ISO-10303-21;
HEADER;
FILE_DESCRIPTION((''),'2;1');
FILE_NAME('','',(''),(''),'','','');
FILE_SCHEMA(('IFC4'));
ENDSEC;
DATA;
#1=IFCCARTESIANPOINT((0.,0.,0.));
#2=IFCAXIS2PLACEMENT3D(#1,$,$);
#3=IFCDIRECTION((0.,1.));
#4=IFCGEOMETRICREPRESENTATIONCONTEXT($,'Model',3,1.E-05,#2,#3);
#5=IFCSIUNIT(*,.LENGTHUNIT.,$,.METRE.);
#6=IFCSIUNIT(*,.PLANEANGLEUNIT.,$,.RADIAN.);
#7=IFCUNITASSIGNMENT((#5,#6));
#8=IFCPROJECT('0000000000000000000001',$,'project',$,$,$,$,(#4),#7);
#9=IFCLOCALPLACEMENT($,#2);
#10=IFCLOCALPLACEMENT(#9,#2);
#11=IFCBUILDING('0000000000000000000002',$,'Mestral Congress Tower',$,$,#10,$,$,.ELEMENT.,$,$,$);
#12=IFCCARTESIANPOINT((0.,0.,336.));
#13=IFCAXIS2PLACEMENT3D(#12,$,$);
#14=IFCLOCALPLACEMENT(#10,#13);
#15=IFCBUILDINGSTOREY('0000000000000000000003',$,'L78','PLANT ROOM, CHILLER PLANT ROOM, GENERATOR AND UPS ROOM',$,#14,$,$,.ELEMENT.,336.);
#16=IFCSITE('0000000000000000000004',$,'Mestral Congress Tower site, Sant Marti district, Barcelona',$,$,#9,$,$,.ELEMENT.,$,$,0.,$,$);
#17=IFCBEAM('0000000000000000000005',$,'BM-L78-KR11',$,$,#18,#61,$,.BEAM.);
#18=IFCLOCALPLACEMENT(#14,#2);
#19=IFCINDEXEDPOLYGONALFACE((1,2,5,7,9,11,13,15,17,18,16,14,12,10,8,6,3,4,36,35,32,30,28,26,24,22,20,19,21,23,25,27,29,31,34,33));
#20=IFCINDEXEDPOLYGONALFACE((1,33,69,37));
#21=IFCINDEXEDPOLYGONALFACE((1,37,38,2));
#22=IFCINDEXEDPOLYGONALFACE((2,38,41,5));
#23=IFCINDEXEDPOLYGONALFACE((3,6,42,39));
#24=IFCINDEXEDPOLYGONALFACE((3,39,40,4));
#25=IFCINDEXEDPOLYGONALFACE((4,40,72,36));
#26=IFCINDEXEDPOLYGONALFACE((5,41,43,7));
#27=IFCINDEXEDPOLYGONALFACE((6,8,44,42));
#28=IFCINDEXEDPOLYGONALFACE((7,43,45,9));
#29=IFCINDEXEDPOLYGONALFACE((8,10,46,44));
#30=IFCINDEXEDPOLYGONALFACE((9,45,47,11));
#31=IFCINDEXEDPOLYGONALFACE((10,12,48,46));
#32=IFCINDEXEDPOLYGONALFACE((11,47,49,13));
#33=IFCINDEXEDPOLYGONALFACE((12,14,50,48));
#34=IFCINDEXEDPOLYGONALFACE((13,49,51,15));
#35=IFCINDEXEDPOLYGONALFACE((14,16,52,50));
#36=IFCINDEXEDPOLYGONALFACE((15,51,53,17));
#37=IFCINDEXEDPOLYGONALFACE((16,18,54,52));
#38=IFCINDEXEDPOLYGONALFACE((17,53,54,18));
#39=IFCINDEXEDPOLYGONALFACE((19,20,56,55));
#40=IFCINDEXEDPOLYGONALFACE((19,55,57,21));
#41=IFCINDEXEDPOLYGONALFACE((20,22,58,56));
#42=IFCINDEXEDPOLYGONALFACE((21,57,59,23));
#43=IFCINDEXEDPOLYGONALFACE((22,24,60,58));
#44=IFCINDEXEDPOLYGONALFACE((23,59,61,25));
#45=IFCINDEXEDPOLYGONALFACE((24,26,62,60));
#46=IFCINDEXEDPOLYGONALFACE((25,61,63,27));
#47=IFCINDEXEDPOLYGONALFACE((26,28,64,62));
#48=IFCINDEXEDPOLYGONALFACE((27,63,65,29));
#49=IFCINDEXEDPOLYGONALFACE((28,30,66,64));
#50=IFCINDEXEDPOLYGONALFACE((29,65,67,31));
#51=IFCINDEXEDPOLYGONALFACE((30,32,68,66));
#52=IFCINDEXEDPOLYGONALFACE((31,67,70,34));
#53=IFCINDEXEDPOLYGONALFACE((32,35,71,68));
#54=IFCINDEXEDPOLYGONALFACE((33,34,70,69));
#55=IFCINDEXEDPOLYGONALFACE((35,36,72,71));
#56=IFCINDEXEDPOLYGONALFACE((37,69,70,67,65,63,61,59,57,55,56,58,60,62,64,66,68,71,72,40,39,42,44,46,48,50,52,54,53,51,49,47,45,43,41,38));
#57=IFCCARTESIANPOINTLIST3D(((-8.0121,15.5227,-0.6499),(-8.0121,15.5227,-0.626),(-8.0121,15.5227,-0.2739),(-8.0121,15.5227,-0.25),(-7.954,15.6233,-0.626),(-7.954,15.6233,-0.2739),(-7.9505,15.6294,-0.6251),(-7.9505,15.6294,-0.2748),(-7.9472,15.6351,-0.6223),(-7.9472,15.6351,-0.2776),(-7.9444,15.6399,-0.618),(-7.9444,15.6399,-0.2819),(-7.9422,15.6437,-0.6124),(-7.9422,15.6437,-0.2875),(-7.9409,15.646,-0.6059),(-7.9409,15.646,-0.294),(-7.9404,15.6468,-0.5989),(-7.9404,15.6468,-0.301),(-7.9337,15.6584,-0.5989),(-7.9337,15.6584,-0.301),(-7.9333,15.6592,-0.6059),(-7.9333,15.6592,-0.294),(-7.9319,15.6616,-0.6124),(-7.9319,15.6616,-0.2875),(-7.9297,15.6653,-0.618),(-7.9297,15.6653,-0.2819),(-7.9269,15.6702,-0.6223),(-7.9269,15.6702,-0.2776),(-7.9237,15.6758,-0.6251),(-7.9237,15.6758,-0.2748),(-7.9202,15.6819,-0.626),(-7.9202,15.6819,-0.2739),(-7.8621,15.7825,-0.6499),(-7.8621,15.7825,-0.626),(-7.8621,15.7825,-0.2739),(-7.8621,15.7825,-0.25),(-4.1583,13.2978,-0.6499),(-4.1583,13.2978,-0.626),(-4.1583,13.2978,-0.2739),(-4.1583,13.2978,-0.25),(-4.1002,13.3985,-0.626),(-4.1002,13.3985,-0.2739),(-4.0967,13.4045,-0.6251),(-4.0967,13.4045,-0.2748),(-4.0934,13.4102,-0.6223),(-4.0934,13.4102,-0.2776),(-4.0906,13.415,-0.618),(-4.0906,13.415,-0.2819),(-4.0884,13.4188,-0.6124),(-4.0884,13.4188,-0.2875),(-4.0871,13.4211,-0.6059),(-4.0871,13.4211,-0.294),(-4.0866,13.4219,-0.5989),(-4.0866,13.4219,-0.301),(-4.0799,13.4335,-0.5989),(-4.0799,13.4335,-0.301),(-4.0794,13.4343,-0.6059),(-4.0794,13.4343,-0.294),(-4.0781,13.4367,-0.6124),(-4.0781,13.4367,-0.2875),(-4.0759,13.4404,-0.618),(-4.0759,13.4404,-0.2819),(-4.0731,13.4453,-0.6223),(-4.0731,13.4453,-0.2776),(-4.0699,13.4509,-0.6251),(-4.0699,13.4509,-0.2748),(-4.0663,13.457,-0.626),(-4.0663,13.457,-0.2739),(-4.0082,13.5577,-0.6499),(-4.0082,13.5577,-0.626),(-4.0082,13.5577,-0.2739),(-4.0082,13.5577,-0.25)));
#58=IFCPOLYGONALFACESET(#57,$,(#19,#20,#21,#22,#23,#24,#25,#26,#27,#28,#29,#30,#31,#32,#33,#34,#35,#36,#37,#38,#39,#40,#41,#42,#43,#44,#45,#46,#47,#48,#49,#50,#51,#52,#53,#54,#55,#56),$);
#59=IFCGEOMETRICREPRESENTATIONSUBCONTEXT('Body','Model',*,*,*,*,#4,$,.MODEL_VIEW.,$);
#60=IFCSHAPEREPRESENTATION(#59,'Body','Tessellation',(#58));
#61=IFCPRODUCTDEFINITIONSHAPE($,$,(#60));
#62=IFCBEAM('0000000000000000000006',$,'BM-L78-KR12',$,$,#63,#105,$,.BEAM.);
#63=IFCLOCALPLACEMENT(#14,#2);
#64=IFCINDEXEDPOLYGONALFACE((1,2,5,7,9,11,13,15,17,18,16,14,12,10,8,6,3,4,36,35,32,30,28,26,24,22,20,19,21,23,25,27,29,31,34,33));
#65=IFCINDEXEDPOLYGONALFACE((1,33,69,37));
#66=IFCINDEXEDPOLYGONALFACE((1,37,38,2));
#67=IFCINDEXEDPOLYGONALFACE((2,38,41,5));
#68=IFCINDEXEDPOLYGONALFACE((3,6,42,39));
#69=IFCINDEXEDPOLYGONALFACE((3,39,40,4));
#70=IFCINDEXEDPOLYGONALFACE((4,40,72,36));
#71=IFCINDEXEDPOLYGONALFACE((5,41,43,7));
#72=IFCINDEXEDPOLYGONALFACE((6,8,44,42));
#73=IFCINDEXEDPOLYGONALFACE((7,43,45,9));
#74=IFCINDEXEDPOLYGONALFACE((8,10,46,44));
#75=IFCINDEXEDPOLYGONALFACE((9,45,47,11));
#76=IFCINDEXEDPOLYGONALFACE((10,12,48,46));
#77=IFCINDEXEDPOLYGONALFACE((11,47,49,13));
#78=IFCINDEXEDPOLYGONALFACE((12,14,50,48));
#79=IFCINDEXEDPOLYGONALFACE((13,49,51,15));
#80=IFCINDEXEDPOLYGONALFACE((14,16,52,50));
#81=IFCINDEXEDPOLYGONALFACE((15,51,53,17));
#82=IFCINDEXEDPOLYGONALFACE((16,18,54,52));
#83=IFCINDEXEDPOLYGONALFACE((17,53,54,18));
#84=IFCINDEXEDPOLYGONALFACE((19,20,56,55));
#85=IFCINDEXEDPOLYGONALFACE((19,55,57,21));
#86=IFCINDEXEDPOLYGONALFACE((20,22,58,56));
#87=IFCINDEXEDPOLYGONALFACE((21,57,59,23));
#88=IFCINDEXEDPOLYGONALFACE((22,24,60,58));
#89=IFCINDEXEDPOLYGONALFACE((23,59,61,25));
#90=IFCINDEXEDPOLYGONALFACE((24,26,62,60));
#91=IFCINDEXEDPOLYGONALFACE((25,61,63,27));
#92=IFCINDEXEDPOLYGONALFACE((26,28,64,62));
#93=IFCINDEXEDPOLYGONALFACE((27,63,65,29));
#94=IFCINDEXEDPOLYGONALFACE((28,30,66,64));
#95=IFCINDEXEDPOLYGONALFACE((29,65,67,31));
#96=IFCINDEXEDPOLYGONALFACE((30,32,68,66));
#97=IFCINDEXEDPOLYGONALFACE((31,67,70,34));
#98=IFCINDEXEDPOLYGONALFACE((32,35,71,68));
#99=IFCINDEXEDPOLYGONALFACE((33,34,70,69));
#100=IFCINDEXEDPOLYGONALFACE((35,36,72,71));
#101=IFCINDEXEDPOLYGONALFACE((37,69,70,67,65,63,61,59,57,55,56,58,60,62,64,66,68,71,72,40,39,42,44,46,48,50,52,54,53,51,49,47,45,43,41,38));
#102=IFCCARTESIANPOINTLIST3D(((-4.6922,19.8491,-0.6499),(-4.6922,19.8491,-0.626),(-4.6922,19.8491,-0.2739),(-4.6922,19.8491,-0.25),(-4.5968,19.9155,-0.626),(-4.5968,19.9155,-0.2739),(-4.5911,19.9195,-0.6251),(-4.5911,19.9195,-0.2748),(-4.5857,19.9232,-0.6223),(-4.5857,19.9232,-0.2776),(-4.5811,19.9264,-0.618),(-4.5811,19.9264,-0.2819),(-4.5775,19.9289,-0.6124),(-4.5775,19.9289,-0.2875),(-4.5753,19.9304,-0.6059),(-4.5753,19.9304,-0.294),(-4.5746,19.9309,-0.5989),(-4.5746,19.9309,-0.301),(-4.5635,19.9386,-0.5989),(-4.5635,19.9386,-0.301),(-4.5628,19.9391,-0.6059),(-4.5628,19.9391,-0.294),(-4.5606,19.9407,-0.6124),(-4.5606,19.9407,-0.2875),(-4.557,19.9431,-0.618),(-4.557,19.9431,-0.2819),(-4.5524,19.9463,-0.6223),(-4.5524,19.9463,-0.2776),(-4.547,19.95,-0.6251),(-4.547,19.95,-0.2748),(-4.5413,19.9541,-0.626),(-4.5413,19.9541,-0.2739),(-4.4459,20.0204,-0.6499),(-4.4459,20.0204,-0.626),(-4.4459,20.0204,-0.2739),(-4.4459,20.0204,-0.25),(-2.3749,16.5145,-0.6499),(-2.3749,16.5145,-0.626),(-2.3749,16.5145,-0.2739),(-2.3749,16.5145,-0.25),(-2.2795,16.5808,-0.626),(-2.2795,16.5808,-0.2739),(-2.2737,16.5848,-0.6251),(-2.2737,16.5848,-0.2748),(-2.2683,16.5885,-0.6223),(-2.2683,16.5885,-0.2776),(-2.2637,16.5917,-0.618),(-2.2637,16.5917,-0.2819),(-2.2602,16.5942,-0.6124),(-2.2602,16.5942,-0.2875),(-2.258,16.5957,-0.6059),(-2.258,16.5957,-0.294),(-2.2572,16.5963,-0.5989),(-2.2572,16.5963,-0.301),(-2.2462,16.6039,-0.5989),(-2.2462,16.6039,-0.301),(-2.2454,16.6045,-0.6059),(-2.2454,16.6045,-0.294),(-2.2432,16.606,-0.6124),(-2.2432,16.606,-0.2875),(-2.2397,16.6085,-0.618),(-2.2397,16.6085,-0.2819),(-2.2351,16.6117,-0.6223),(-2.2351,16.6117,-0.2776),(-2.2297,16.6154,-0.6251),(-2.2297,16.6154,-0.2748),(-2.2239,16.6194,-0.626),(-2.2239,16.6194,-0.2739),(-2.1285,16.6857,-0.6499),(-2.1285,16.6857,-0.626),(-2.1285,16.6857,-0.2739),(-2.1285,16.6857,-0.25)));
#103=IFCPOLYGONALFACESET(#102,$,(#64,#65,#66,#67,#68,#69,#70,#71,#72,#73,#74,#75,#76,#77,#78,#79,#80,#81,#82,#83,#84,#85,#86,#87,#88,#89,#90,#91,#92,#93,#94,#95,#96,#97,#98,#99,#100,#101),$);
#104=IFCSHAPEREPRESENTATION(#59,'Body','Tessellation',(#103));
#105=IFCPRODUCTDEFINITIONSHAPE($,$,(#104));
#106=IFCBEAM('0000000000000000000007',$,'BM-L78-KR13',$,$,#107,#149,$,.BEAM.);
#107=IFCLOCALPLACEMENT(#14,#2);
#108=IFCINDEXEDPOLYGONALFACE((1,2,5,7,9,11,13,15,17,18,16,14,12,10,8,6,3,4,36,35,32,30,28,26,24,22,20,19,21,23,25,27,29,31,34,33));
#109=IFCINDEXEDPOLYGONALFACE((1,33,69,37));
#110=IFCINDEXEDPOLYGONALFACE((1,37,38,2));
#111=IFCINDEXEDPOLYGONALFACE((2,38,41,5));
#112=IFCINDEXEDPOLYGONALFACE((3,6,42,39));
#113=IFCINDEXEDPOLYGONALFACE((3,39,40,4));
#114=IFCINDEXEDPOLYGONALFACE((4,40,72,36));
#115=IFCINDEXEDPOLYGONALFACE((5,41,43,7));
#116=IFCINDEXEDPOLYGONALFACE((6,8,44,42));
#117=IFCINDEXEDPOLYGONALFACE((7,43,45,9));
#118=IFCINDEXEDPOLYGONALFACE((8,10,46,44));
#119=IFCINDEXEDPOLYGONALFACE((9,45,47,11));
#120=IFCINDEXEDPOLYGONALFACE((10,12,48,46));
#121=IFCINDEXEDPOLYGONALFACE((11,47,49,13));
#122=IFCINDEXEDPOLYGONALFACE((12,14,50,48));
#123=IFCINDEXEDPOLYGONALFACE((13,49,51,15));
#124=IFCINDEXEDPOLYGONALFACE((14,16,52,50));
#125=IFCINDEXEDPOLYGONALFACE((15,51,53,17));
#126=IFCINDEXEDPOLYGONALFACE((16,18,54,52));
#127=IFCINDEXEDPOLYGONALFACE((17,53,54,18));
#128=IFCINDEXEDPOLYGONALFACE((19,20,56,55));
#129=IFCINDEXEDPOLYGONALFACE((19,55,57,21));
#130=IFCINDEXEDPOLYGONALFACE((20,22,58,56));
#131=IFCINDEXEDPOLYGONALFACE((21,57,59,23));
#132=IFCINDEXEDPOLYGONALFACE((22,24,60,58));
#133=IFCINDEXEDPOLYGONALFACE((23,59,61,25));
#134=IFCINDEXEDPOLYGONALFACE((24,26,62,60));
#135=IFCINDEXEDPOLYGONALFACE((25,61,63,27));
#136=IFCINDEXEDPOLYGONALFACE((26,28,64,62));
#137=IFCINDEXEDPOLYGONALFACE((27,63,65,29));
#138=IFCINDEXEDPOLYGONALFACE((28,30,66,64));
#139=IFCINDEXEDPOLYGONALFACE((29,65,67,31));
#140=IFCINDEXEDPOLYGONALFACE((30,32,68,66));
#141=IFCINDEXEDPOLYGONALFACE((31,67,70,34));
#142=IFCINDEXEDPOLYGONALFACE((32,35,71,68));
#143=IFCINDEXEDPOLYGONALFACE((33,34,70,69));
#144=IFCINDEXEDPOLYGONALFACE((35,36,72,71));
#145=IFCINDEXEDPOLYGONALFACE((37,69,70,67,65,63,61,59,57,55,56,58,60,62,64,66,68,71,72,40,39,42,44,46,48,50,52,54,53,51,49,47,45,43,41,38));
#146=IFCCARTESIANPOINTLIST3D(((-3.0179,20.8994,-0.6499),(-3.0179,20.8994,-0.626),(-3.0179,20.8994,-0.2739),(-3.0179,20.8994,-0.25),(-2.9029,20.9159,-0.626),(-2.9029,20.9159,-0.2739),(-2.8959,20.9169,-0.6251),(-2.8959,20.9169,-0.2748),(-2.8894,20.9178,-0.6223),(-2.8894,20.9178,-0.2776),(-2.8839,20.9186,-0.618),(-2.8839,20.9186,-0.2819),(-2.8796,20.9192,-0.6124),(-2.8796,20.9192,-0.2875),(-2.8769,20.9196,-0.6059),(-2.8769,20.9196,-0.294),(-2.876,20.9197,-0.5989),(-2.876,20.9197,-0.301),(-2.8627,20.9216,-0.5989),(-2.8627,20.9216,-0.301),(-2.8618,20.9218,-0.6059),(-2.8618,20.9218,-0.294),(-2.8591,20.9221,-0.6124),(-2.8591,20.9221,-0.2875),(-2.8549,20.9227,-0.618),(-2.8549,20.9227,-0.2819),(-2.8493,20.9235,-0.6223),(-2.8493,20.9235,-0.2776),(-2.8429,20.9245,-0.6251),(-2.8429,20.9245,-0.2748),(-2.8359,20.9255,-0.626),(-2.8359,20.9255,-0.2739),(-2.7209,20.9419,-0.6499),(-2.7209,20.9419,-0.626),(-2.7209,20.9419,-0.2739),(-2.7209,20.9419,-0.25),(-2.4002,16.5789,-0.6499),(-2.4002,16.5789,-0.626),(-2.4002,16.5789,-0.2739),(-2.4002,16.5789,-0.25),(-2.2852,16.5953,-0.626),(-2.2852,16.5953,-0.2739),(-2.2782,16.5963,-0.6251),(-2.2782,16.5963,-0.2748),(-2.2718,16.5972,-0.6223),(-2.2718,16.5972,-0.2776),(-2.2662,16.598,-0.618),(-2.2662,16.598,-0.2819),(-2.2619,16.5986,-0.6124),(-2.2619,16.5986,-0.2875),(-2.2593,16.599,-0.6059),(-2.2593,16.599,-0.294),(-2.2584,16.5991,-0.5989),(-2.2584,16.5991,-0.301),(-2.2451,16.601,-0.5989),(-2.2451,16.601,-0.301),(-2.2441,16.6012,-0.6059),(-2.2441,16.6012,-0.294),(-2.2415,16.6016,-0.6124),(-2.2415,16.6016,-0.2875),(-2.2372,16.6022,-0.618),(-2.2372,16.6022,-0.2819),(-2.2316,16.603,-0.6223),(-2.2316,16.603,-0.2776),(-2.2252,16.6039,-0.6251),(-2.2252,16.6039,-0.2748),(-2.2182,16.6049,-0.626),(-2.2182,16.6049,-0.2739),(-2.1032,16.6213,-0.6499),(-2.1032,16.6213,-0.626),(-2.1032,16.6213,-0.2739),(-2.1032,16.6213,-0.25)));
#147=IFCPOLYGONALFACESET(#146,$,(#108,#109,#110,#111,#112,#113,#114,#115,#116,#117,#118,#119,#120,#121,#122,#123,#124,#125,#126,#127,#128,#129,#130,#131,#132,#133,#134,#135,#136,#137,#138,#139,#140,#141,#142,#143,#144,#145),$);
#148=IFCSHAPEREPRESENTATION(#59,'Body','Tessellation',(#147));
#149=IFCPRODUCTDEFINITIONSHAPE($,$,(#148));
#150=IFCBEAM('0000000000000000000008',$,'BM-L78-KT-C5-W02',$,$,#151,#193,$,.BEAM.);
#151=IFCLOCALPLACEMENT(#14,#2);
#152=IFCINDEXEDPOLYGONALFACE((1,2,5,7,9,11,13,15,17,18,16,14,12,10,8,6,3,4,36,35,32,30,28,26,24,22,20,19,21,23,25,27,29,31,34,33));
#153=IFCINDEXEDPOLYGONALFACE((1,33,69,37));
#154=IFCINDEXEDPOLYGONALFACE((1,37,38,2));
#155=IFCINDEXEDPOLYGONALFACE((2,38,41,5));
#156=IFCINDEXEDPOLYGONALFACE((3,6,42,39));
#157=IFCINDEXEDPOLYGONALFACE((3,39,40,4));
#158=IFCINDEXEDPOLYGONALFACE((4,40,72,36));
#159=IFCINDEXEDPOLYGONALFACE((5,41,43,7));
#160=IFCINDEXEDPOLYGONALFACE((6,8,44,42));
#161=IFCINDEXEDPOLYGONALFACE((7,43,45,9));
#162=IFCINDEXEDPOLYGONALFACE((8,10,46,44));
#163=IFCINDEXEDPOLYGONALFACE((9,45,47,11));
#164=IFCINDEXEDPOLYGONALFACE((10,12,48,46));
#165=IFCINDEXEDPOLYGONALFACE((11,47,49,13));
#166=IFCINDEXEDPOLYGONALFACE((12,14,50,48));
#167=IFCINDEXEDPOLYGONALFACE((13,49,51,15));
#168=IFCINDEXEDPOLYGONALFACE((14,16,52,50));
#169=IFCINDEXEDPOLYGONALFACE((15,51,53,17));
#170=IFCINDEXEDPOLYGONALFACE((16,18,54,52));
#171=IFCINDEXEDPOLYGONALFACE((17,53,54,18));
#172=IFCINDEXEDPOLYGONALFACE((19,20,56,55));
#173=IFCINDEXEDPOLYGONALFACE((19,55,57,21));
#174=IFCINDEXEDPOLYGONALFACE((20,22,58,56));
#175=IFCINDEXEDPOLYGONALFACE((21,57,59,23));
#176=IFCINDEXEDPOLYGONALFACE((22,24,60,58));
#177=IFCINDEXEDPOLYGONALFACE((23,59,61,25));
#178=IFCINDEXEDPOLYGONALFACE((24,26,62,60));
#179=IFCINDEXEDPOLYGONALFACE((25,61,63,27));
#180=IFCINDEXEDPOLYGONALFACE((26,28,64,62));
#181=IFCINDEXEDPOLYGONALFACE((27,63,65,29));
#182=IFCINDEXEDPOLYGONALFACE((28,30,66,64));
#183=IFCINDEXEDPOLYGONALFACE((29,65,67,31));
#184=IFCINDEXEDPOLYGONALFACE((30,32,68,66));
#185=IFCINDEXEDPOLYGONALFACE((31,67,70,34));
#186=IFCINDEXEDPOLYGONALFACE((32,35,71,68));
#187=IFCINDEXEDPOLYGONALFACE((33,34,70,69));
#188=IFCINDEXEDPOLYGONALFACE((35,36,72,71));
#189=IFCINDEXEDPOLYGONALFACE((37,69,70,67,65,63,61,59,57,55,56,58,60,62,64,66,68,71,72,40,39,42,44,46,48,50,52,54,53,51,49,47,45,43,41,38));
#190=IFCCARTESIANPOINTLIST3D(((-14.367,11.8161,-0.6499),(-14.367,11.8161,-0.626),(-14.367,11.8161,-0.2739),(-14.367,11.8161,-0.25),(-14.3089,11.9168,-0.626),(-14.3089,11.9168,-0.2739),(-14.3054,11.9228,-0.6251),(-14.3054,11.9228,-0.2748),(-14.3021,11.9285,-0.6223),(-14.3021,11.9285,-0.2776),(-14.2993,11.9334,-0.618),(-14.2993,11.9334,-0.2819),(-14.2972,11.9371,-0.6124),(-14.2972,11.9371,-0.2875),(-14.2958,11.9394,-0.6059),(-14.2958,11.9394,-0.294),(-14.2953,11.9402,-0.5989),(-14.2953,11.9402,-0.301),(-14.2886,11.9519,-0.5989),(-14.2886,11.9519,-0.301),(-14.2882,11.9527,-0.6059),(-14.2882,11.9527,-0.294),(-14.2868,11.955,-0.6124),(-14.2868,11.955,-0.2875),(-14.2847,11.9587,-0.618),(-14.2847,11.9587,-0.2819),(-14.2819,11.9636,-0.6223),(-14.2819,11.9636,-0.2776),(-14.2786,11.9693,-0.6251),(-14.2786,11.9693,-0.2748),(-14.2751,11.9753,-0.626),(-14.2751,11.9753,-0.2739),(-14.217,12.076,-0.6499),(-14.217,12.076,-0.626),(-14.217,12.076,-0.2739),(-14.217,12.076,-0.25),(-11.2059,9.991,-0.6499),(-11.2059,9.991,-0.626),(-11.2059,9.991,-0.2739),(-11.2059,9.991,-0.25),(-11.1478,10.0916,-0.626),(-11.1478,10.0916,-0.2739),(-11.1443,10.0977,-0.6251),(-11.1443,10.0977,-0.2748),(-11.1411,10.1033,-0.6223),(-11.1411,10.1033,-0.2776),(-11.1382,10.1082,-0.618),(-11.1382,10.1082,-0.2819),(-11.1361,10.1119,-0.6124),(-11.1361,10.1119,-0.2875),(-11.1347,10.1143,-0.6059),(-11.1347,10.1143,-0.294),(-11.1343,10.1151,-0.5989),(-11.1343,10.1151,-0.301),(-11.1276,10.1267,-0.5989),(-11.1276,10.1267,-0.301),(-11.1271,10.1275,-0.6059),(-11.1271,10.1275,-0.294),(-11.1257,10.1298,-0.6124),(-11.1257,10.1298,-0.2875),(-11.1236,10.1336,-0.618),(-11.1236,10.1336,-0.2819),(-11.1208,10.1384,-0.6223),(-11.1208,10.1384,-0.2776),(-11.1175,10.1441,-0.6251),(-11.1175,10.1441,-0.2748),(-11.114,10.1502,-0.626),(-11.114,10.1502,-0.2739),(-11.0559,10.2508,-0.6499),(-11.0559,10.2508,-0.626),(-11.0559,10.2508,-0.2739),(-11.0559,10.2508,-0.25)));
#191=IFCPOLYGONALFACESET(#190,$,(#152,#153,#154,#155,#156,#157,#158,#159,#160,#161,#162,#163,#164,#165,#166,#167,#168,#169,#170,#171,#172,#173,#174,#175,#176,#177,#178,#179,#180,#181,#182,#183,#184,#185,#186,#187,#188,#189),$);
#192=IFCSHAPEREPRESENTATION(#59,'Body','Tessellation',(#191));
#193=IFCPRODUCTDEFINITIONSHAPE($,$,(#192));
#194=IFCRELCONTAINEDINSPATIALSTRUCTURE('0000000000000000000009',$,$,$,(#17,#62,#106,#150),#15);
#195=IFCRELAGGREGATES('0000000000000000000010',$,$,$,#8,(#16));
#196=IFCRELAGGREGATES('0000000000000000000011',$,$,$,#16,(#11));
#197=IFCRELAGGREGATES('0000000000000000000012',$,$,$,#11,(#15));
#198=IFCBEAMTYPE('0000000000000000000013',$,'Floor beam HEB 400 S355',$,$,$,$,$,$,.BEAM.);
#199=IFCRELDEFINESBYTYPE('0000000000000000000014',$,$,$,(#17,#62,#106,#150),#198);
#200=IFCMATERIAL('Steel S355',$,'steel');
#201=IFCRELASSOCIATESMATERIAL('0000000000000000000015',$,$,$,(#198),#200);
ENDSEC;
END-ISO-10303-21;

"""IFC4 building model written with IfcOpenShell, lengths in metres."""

from ifc_helpers import new_model, si_unit, direction, frame, origin, origin_2d, place, context, subcontext, project, spatial, i_section, extrude, material, material_profile, profile_set, type_object, element, save


model = new_model("IFC4")

# Units and contexts
model_context = context("Model", 3, precision=1e-05, world=origin(), true_north=direction((0.0, 1.0)))
body_context = subcontext(model_context, "Body", "Model", "MODEL_VIEW")
ifc_project = project(units=[si_unit("LENGTHUNIT", "METRE"), si_unit("PLANEANGLEUNIT", "RADIAN")], contexts=[model_context])

# Site, building, storey
site_placement = place(None, origin())
site = spatial("IfcSite", under=ifc_project, at=site_placement, Name="Mestral Congress Tower site, Sant Marti district, Barcelona", CompositionType="ELEMENT", RefElevation=0.0)
building_placement = place(site_placement, origin())
building = spatial("IfcBuilding", under=site, at=building_placement, Name="Mestral Congress Tower", CompositionType="ELEMENT")
storey_placement = place(building_placement, frame((0.0, 0.0, 336.0)))
storey = spatial("IfcBuildingStorey", under=building, at=storey_placement, Name="L78", Description="PLANT ROOM, CHILLER PLANT ROOM, GENERATOR AND UPS ROOM", CompositionType="ELEMENT", Elevation=336.0)

# Shared definitions
ifc_material_1 = material(Name="Steel S355", Category="steel")

# Beams
ifc_material_profile_1 = material_profile(ifc_material_1, i_section(OverallWidth=0.3, OverallDepth=0.3999, WebThickness=0.0134, FlangeThickness=0.0239, FilletRadius=0.0271, at=origin_2d()), Name="HEB 400")
ifc_profile_set_1 = profile_set([ifc_material_profile_1], Name="Steel S355")
beam_type_1 = type_object("IfcBeamType", Name="Floor beam HEB 400 S355", PredefinedType="BEAM", material=ifc_profile_set_1)
beam_1_placement = place(storey_placement, frame((-4.0833, 13.4277, -0.45), z_axis=(-0.866037, 0.49998, 0.0), x_axis=(-0.49998, -0.866037, 0.0)))
element("IfcBeam", 1, at=beam_1_placement, inside=storey, type_object=beam_type_1, Name="BM-L78-KR11", PredefinedType="BEAM", context=body_context, shape_type="SweptSolid", body=[
    extrude(i_section(OverallWidth=0.3, OverallDepth=0.3999, WebThickness=0.0134, FlangeThickness=0.0239, FilletRadius=0.0271, at=origin_2d()), origin(), (0.0, 0.0, 1.0), 4.45),
])
beam_2_placement = place(storey_placement, frame((-2.2517, 16.6001, -0.45), z_axis=(-0.570663, 0.821184, 0.0), x_axis=(-0.821184, -0.570663, 0.0)))
element("IfcBeam", 2, at=beam_2_placement, inside=storey, type_object=beam_type_1, Name="BM-L78-KR12", PredefinedType="BEAM", context=body_context, shape_type="SweptSolid", body=[
    extrude(i_section(OverallWidth=0.3, OverallDepth=0.3999, WebThickness=0.0134, FlangeThickness=0.0239, FilletRadius=0.0271, at=origin_2d()), origin(), (0.0, 0.0, 1.0), 4.0608),
])
beam_3_placement = place(storey_placement, frame((-2.2517, 16.6001, -0.45), z_axis=(-0.141523, 0.989935, 0.0), x_axis=(-0.989935, -0.141523, 0.0)))
element("IfcBeam", 3, at=beam_3_placement, inside=storey, type_object=beam_type_1, Name="BM-L78-KR13", PredefinedType="BEAM", context=body_context, shape_type="SweptSolid", body=[
    extrude(i_section(OverallWidth=0.3, OverallDepth=0.3999, WebThickness=0.0134, FlangeThickness=0.0239, FilletRadius=0.0271, at=origin_2d()), origin(), (0.0, 0.0, 1.0), 4.3645),
])
beam_4_placement = place(storey_placement, frame((-14.292, 11.946, -0.45), z_axis=(0.866012, -0.500024, 0.0), x_axis=(0.500024, 0.866012, 0.0)))
element("IfcBeam", 4, at=beam_4_placement, inside=storey, type_object=beam_type_1, Name="BM-L78-KT-C5-W02", PredefinedType="BEAM", context=body_context, shape_type="SweptSolid", body=[
    extrude(i_section(OverallWidth=0.3, OverallDepth=0.3999, WebThickness=0.0134, FlangeThickness=0.0239, FilletRadius=0.0271, at=origin_2d()), origin(), (0.0, 0.0, 1.0), 3.6501),
])

save(model, "model.ifc")
